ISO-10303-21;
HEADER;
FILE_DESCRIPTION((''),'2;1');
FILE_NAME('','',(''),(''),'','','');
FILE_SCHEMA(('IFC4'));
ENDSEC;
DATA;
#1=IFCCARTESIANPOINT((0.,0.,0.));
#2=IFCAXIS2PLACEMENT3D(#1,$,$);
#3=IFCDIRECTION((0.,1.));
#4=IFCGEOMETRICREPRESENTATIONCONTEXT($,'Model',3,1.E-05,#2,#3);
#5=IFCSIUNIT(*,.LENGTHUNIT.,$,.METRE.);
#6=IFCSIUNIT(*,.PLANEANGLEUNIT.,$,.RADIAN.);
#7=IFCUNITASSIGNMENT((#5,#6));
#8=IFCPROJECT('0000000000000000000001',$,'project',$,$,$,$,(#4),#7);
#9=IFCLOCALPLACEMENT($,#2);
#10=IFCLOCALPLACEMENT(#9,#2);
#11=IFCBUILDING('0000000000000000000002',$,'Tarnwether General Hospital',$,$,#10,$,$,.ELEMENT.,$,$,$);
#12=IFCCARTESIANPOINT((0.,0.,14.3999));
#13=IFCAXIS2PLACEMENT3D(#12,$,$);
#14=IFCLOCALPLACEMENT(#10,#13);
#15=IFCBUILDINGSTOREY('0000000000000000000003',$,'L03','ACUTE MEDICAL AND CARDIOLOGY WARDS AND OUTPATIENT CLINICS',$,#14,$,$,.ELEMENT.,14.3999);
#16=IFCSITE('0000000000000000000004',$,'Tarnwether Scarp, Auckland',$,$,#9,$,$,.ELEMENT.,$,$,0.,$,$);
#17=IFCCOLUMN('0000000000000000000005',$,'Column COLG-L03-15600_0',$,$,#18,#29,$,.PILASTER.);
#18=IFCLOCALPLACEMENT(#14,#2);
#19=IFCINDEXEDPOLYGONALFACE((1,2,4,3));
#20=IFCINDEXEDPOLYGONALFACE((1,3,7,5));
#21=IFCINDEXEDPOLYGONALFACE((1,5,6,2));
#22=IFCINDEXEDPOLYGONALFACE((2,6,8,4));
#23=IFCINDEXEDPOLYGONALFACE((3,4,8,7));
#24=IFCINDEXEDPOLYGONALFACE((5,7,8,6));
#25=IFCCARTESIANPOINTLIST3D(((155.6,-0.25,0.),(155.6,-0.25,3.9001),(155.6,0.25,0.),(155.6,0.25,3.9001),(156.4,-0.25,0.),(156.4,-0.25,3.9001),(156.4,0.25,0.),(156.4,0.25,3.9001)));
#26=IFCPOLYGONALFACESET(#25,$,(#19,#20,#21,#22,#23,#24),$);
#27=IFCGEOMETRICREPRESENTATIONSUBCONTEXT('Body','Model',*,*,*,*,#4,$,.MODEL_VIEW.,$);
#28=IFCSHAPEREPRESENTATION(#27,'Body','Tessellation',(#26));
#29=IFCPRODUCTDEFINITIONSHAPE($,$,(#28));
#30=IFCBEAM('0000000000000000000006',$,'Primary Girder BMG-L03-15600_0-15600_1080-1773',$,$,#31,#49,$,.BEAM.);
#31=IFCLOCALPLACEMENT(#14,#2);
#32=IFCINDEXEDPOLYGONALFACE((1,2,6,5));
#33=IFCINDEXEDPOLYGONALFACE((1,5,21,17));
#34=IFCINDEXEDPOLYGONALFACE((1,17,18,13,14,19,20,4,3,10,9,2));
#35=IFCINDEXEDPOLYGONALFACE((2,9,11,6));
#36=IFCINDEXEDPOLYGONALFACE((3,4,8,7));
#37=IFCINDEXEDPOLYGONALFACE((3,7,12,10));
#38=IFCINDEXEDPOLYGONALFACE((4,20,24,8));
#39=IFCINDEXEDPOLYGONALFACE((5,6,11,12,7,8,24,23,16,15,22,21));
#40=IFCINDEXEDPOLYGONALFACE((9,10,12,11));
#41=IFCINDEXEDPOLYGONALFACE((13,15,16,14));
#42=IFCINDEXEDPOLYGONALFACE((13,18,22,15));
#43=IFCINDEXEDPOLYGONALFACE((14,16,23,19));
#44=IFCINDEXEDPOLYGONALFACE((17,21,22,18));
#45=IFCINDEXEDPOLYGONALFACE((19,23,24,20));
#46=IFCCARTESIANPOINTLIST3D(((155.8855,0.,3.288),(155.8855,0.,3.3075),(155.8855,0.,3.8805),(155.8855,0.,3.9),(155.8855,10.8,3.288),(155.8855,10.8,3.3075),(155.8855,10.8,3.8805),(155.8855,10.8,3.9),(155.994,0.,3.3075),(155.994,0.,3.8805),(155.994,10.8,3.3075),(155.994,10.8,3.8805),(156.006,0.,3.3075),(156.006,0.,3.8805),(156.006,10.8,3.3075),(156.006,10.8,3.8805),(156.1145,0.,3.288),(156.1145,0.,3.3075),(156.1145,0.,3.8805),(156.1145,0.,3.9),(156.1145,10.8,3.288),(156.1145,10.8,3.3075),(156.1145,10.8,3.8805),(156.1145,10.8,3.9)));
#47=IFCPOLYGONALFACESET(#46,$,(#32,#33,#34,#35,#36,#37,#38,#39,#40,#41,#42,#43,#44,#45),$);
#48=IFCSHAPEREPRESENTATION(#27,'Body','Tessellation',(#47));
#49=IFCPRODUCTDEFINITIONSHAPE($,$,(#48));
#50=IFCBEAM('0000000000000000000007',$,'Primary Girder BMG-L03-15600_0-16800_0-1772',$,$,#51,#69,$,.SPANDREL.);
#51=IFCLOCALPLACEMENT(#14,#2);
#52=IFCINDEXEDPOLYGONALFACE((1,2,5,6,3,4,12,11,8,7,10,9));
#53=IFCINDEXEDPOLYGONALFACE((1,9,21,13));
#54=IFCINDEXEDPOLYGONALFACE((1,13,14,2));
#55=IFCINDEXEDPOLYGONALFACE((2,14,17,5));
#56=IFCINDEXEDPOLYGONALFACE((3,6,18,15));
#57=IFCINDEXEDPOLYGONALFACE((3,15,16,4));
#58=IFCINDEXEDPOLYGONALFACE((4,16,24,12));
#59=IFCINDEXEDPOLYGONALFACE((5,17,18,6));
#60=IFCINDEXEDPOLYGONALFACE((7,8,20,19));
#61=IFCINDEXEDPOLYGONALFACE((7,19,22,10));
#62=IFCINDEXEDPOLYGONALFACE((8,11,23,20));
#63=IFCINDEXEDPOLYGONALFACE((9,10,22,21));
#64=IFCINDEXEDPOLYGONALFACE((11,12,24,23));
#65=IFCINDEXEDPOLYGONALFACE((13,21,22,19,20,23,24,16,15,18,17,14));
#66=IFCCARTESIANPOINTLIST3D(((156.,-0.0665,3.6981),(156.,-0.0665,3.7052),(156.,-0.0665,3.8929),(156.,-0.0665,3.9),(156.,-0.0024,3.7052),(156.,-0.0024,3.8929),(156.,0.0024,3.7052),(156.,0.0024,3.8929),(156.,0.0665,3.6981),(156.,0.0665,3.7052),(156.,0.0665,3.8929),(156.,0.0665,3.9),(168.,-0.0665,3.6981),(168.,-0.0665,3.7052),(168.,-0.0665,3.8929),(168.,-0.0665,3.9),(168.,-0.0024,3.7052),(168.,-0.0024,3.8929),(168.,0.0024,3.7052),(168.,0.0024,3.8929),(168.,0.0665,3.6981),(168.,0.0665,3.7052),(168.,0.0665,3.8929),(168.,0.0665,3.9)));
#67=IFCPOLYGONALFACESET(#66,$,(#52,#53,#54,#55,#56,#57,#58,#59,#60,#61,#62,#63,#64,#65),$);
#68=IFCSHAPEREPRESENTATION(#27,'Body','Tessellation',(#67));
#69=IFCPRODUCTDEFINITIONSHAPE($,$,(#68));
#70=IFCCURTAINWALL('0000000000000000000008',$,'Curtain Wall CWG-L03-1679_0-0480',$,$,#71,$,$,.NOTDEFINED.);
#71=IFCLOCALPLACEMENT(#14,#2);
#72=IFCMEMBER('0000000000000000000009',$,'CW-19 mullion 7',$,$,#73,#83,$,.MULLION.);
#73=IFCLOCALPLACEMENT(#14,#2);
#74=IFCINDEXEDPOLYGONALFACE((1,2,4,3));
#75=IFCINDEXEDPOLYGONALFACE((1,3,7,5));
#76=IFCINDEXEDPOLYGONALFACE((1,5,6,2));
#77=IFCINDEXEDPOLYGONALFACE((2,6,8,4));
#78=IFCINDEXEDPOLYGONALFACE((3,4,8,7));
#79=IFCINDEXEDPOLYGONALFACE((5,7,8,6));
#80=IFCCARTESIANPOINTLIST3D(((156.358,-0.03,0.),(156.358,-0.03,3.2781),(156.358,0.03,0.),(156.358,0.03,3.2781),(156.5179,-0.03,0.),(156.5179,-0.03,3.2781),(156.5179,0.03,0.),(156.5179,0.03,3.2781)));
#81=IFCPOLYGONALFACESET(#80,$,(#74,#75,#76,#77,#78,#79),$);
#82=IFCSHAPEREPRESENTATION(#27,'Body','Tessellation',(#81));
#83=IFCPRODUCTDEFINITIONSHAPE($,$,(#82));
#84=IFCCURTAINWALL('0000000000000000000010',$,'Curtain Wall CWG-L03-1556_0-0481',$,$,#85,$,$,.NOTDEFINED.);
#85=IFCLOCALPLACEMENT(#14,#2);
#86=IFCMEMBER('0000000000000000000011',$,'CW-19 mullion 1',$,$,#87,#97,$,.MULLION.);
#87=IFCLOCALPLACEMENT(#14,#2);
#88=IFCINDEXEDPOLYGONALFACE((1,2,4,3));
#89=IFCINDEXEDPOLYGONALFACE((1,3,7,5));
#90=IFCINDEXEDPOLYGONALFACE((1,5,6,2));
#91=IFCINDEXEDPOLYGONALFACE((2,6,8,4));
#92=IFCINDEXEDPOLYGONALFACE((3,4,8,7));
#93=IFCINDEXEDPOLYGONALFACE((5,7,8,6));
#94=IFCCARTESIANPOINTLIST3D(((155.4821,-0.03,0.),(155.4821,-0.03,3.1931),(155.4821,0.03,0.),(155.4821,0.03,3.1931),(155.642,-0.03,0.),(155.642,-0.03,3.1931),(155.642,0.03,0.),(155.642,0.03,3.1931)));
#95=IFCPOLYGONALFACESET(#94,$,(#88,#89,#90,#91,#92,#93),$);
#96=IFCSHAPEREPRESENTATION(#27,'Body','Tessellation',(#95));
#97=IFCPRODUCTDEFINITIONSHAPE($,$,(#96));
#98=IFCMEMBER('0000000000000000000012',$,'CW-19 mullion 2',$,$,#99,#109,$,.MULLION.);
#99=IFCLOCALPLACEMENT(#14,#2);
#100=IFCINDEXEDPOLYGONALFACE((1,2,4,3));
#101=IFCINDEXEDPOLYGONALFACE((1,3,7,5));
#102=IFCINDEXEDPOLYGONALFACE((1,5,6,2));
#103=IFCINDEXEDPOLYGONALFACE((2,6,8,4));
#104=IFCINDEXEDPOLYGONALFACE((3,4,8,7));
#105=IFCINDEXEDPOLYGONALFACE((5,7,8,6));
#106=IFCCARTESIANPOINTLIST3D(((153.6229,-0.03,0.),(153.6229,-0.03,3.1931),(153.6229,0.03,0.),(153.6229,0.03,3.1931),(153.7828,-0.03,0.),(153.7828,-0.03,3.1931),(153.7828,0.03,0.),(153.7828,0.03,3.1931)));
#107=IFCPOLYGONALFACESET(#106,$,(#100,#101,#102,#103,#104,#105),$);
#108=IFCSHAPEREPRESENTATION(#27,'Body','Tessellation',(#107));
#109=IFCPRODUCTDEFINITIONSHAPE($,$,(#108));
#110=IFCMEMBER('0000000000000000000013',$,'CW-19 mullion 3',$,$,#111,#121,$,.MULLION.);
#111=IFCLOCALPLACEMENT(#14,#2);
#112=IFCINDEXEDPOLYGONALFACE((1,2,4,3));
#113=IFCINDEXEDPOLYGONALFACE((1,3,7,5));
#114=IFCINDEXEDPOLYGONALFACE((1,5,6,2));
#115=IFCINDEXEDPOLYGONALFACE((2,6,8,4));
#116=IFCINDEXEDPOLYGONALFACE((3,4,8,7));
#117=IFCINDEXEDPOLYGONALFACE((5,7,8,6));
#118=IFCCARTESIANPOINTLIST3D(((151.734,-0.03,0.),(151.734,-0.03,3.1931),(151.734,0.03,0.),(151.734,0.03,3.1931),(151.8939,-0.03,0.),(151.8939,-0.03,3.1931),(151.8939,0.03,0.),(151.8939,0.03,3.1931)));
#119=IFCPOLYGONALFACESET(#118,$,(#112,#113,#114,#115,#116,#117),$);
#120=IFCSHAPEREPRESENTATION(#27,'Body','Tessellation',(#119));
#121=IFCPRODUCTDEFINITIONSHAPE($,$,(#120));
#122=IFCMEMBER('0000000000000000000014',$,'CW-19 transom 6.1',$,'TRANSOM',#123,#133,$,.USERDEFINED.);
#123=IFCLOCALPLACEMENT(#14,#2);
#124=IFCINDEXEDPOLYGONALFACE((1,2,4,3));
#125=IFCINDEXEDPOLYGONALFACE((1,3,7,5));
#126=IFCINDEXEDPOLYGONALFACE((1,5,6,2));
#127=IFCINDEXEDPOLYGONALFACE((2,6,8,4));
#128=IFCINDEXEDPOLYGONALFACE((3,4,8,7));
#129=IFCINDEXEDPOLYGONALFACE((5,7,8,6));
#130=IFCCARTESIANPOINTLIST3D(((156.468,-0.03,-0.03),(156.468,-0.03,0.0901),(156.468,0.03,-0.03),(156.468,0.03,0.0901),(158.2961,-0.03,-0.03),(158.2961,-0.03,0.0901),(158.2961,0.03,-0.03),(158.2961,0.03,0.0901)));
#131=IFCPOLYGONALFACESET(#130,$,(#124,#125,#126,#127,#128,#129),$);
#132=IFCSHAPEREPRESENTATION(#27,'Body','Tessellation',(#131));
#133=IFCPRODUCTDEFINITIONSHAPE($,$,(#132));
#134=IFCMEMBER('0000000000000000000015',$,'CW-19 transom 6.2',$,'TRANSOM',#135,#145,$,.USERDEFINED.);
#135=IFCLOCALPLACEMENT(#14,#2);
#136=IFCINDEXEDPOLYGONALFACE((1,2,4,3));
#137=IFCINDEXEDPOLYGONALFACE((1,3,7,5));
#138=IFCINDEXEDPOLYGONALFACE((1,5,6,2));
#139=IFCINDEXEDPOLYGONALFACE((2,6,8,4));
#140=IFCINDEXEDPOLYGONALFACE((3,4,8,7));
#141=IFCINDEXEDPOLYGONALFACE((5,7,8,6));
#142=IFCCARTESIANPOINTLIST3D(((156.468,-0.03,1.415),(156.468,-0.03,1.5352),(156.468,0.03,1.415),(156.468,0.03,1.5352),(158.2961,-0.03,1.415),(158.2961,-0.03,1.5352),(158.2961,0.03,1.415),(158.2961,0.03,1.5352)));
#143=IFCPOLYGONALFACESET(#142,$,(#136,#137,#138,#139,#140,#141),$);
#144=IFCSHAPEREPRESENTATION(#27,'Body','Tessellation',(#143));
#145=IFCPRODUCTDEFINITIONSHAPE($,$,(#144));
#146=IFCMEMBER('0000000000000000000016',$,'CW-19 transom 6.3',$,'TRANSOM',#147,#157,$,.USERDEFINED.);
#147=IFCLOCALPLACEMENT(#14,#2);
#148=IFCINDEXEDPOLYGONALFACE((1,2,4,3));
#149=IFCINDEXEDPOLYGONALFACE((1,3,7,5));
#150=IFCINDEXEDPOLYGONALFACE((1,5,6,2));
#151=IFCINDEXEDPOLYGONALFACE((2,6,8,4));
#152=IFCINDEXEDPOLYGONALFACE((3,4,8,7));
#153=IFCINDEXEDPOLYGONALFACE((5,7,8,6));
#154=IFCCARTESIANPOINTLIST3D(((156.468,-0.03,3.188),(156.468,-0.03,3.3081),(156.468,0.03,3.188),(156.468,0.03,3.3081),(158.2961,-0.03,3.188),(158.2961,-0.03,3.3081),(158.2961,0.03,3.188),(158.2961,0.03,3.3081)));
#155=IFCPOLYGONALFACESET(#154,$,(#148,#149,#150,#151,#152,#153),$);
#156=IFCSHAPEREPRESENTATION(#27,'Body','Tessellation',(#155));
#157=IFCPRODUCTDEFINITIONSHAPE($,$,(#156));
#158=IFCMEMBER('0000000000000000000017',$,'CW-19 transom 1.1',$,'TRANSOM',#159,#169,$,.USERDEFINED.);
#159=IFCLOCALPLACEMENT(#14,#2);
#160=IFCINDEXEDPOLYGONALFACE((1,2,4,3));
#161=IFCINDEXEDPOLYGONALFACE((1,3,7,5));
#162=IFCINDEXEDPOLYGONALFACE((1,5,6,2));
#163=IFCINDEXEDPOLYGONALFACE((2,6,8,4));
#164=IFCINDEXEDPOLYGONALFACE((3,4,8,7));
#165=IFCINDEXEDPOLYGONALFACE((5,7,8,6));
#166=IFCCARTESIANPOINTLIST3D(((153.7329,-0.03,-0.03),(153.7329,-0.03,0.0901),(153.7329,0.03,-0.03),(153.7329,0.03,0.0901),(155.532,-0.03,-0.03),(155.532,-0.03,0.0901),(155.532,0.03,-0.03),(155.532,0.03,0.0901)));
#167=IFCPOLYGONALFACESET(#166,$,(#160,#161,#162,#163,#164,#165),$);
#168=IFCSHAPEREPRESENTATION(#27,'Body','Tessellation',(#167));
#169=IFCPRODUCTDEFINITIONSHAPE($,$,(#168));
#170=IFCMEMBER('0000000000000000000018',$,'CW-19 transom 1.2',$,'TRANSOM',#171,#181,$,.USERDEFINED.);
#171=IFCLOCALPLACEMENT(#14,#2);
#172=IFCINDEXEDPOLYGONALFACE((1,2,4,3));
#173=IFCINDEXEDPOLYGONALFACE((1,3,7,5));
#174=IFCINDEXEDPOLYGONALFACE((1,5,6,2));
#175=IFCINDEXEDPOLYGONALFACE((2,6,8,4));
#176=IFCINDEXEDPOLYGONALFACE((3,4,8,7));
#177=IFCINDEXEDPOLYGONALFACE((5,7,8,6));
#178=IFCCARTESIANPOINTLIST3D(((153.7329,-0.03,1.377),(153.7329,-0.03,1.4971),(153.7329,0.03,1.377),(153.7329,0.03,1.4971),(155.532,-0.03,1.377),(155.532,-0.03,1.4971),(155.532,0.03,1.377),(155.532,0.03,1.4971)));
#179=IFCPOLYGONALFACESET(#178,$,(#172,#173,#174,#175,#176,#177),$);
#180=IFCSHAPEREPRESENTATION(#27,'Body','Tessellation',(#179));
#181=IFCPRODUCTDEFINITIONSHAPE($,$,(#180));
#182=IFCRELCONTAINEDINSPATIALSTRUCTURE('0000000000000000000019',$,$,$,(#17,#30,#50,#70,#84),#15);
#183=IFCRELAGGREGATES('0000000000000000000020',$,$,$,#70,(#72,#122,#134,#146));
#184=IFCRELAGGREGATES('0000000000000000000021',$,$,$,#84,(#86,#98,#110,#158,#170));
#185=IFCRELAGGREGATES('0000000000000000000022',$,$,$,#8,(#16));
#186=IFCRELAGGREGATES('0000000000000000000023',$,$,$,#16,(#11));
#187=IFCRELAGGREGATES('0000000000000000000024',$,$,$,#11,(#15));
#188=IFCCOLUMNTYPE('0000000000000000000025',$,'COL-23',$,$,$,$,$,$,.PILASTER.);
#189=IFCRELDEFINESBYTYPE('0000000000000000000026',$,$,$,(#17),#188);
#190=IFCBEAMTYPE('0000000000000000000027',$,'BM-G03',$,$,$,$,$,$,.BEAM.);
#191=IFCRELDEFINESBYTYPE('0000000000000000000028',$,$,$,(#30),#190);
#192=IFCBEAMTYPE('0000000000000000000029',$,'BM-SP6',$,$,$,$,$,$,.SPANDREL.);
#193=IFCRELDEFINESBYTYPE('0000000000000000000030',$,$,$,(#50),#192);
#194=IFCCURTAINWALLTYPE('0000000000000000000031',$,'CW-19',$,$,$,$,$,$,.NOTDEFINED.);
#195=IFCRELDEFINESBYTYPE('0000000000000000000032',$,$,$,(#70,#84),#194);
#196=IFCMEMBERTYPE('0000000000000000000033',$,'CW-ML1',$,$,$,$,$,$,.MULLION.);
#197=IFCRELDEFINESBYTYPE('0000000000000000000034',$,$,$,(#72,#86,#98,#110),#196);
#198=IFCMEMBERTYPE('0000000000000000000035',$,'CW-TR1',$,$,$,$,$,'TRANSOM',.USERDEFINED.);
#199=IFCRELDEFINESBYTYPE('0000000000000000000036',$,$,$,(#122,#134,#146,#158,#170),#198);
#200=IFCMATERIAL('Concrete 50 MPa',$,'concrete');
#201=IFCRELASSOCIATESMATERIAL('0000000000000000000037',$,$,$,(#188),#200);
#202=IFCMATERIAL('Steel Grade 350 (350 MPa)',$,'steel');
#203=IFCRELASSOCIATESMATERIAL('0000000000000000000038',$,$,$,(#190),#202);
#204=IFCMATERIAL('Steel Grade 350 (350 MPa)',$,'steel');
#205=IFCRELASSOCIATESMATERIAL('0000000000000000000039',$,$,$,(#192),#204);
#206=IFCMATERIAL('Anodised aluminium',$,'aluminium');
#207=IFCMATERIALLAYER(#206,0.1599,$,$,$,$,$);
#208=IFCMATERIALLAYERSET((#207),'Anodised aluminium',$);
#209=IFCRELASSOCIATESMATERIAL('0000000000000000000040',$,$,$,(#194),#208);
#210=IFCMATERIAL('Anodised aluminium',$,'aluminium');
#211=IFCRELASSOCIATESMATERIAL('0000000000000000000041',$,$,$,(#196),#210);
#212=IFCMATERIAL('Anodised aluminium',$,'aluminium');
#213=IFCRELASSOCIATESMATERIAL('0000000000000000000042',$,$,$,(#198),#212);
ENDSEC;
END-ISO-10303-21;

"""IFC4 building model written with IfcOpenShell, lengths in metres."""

from ifc_helpers import new_model, si_unit, direction, frame, origin, origin_2d, place, context, subcontext, project, spatial, rectangle, i_section, extrude, material, layer, layer_set, material_profile, profile_set, type_object, element, aggregate, save


model = new_model("IFC4")

# Units and contexts
model_context = context("Model", 3, precision=1e-05, world=origin(), true_north=direction((0.0, 1.0)))
body_context = subcontext(model_context, "Body", "Model", "MODEL_VIEW")
ifc_project = project(units=[si_unit("LENGTHUNIT", "METRE"), si_unit("PLANEANGLEUNIT", "RADIAN")], contexts=[model_context])

# Site, building, storey
site_placement = place(None, origin())
site = spatial("IfcSite", under=ifc_project, at=site_placement, Name="Tarnwether Scarp, Auckland", CompositionType="ELEMENT", RefElevation=0.0)
building_placement = place(site_placement, origin())
building = spatial("IfcBuilding", under=site, at=building_placement, Name="Tarnwether General Hospital", CompositionType="ELEMENT")
storey_placement = place(building_placement, frame((0.0, 0.0, 14.3999)))
storey = spatial("IfcBuildingStorey", under=building, at=storey_placement, Name="L03", Description="ACUTE MEDICAL AND CARDIOLOGY WARDS AND OUTPATIENT CLINICS", CompositionType="ELEMENT", Elevation=14.3999)

# Column
ifc_material_1 = material(Name="Concrete 50 MPa", Category="concrete")
ifc_material_profile_1 = material_profile(ifc_material_1, rectangle(XDim=0.5, YDim=0.8, at=origin_2d()), Name="RC-PIL-500x800")
ifc_profile_set_1 = profile_set([ifc_material_profile_1], Name="Concrete 50 MPa")
column_type = type_object("IfcColumnType", Name="COL-23", PredefinedType="PILASTER", material=ifc_profile_set_1)
column_placement = place(storey_placement, frame((156.0, 0.0, 0.0), z_axis=(0.0, 0.0, 1.0), x_axis=(0.0, 1.0, 0.0)))
element("IfcColumn", 1, at=column_placement, inside=storey, type_object=column_type, Name="Column COLG-L03-15600_0", PredefinedType="PILASTER", context=body_context, shape_type="SweptSolid", body=[
    extrude(rectangle(XDim=0.5, YDim=0.8, at=origin_2d()), origin(), (0.0, 0.0, 1.0), 3.9001),
])

# Beams
ifc_material_2 = material(Name="Steel Grade 350 (350 MPa)", Category="steel")
ifc_material_profile_2 = material_profile(ifc_material_2, i_section(OverallWidth=0.229, OverallDepth=0.6121, WebThickness=0.012, FlangeThickness=0.0195, at=origin_2d()), Name="610UB125")
ifc_profile_set_2 = profile_set([ifc_material_profile_2], Name="Steel Grade 350 (350 MPa)")
beam_type_1 = type_object("IfcBeamType", Name="BM-G03", PredefinedType="BEAM", material=ifc_profile_set_2)
beam_1_placement = place(storey_placement, frame((156.0, 0.0, 3.594), z_axis=(0.0, 1.0, 0.0), x_axis=(-1.0, 0.0, 0.0)))
element("IfcBeam", 2, at=beam_1_placement, inside=storey, type_object=beam_type_1, Name="Primary Girder BMG-L03-15600_0-15600_1080-1773", PredefinedType="BEAM", context=body_context, shape_type="SweptSolid", body=[
    extrude(i_section(OverallWidth=0.229, OverallDepth=0.6121, WebThickness=0.012, FlangeThickness=0.0195, at=origin_2d()), origin(), (0.0, 0.0, 1.0), 10.8),
])
ifc_material_3 = material(Name="Steel Grade 350 (350 MPa)", Category="steel")
ifc_material_profile_3 = material_profile(ifc_material_3, i_section(OverallWidth=0.1331, OverallDepth=0.2019, WebThickness=0.0049, FlangeThickness=0.0071, at=origin_2d()), Name="200UB22.3")
ifc_profile_set_3 = profile_set([ifc_material_profile_3], Name="Steel Grade 350 (350 MPa)")
beam_type_2 = type_object("IfcBeamType", Name="BM-SP6", PredefinedType="SPANDREL", material=ifc_profile_set_3)
beam_2_placement = place(storey_placement, frame((156.0, 0.0, 3.7991), z_axis=(1.0, 0.0, 0.0), x_axis=(0.0, 1.0, 0.0)))
element("IfcBeam", 3, at=beam_2_placement, inside=storey, type_object=beam_type_2, Name="Primary Girder BMG-L03-15600_0-16800_0-1772", PredefinedType="SPANDREL", context=body_context, shape_type="SweptSolid", body=[
    extrude(i_section(OverallWidth=0.1331, OverallDepth=0.2019, WebThickness=0.0049, FlangeThickness=0.0071, at=origin_2d()), origin(), (0.0, 0.0, 1.0), 12.0),
])

# Curtain wall, member
ifc_material_4 = material(Name="Anodised aluminium", Category="aluminium")
ifc_layer_1 = layer(ifc_material_4, 0.1599)
ifc_layer_set_1 = layer_set([ifc_layer_1], Name="Anodised aluminium")
curtain_wall_type = type_object("IfcCurtainWallType", Name="CW-19", PredefinedType="NOTDEFINED", material=ifc_layer_set_1)
curtain_wall_1_placement = place(storey_placement, origin())
curtain_wall_1 = element("IfcCurtainWall", 4, at=curtain_wall_1_placement, inside=storey, type_object=curtain_wall_type, Name="Curtain Wall CWG-L03-1679_0-0480", PredefinedType="NOTDEFINED")
ifc_material_5 = material(Name="Anodised aluminium", Category="aluminium")
ifc_material_profile_4 = material_profile(ifc_material_5, rectangle(XDim=0.0601, YDim=0.1599, at=origin_2d()), Name="ALU-MUL-60x160")
ifc_profile_set_4 = profile_set([ifc_material_profile_4], Name="Anodised aluminium")
member_type_1 = type_object("IfcMemberType", Name="CW-ML1", PredefinedType="MULLION", material=ifc_profile_set_4)
member_1_placement = place(storey_placement, frame((156.438, 0.0, 0.0), z_axis=(0.0, 0.0, 1.0), x_axis=(0.0, -1.0, 0.0)))
member_1 = element("IfcMember", 5, at=member_1_placement, type_object=member_type_1, Name="CW-19 mullion 7", PredefinedType="MULLION", context=body_context, shape_type="SweptSolid", body=[
    extrude(rectangle(XDim=0.0601, YDim=0.1599, at=origin_2d()), origin(), (0.0, 0.0, 1.0), 3.2781),
])

# Curtain wall, members
curtain_wall_2_placement = place(storey_placement, origin())
curtain_wall_2 = element("IfcCurtainWall", 6, at=curtain_wall_2_placement, inside=storey, type_object=curtain_wall_type, Name="Curtain Wall CWG-L03-1556_0-0481", PredefinedType="NOTDEFINED")
member_2_placement = place(storey_placement, frame((155.562, 0.0, 0.0), z_axis=(0.0, 0.0, 1.0), x_axis=(0.0, -1.0, 0.0)))
member_2 = element("IfcMember", 7, at=member_2_placement, type_object=member_type_1, Name="CW-19 mullion 1", PredefinedType="MULLION", context=body_context, shape_type="SweptSolid", body=[
    extrude(rectangle(XDim=0.0601, YDim=0.1599, at=origin_2d()), origin(), (0.0, 0.0, 1.0), 3.1931),
])
member_3_placement = place(storey_placement, frame((153.7029, 0.0, 0.0), z_axis=(0.0, 0.0, 1.0), x_axis=(0.0, -1.0, 0.0)))
member_3 = element("IfcMember", 8, at=member_3_placement, type_object=member_type_1, Name="CW-19 mullion 2", PredefinedType="MULLION", context=body_context, shape_type="SweptSolid", body=[
    extrude(rectangle(XDim=0.0601, YDim=0.1599, at=origin_2d()), origin(), (0.0, 0.0, 1.0), 3.1931),
])
member_4_placement = place(storey_placement, frame((151.814, 0.0, 0.0), z_axis=(0.0, 0.0, 1.0), x_axis=(0.0, -1.0, 0.0)))
member_4 = element("IfcMember", 9, at=member_4_placement, type_object=member_type_1, Name="CW-19 mullion 3", PredefinedType="MULLION", context=body_context, shape_type="SweptSolid", body=[
    extrude(rectangle(XDim=0.0601, YDim=0.1599, at=origin_2d()), origin(), (0.0, 0.0, 1.0), 3.1931),
])

# Members
ifc_material_6 = material(Name="Anodised aluminium", Category="aluminium")
ifc_material_profile_5 = material_profile(ifc_material_6, rectangle(XDim=0.0601, YDim=0.1201, at=origin_2d()), Name="ALU-TRN-60x120")
ifc_profile_set_5 = profile_set([ifc_material_profile_5], Name="Anodised aluminium")
member_type_2 = type_object("IfcMemberType", Name="CW-TR1", ElementType="TRANSOM", PredefinedType="USERDEFINED", material=ifc_profile_set_5)
member_5_placement = place(storey_placement, frame((158.2961, 0.0, 0.03), z_axis=(-1.0, 0.0, 0.0), x_axis=(0.0, -1.0, 0.0)))
member_5 = element("IfcMember", 10, at=member_5_placement, type_object=member_type_2, Name="CW-19 transom 6.1", ObjectType="TRANSOM", PredefinedType="USERDEFINED", context=body_context, shape_type="SweptSolid", body=[
    extrude(rectangle(XDim=0.0601, YDim=0.1201, at=origin_2d()), origin(), (0.0, 0.0, 1.0), 1.8281),
])
member_6_placement = place(storey_placement, frame((158.2961, 0.0, 1.4751), z_axis=(-1.0, 0.0, 0.0), x_axis=(0.0, -1.0, 0.0)))
member_6 = element("IfcMember", 11, at=member_6_placement, type_object=member_type_2, Name="CW-19 transom 6.2", ObjectType="TRANSOM", PredefinedType="USERDEFINED", context=body_context, shape_type="SweptSolid", body=[
    extrude(rectangle(XDim=0.0601, YDim=0.1201, at=origin_2d()), origin(), (0.0, 0.0, 1.0), 1.8281),
])
member_7_placement = place(storey_placement, frame((158.2961, 0.0, 3.248), z_axis=(-1.0, 0.0, 0.0), x_axis=(0.0, -1.0, 0.0)))
member_7 = element("IfcMember", 12, at=member_7_placement, type_object=member_type_2, Name="CW-19 transom 6.3", ObjectType="TRANSOM", PredefinedType="USERDEFINED", context=body_context, shape_type="SweptSolid", body=[
    extrude(rectangle(XDim=0.0601, YDim=0.1201, at=origin_2d()), origin(), (0.0, 0.0, 1.0), 1.8281),
])
member_8_placement = place(storey_placement, frame((155.532, 0.0, 0.03), z_axis=(-1.0, 0.0, 0.0), x_axis=(0.0, -1.0, 0.0)))
member_8 = element("IfcMember", 13, at=member_8_placement, type_object=member_type_2, Name="CW-19 transom 1.1", ObjectType="TRANSOM", PredefinedType="USERDEFINED", context=body_context, shape_type="SweptSolid", body=[
    extrude(rectangle(XDim=0.0601, YDim=0.1201, at=origin_2d()), origin(), (0.0, 0.0, 1.0), 1.7991),
])
member_9_placement = place(storey_placement, frame((155.532, 0.0, 1.437), z_axis=(-1.0, 0.0, 0.0), x_axis=(0.0, -1.0, 0.0)))
member_9 = element("IfcMember", 14, at=member_9_placement, type_object=member_type_2, Name="CW-19 transom 1.2", ObjectType="TRANSOM", PredefinedType="USERDEFINED", context=body_context, shape_type="SweptSolid", body=[
    extrude(rectangle(XDim=0.0601, YDim=0.1201, at=origin_2d()), origin(), (0.0, 0.0, 1.0), 1.7991),
])

aggregate(curtain_wall_1, [member_1, member_5, member_6, member_7])
aggregate(curtain_wall_2, [member_2, member_3, member_4, member_8, member_9])

save(model, "model.ifc")
